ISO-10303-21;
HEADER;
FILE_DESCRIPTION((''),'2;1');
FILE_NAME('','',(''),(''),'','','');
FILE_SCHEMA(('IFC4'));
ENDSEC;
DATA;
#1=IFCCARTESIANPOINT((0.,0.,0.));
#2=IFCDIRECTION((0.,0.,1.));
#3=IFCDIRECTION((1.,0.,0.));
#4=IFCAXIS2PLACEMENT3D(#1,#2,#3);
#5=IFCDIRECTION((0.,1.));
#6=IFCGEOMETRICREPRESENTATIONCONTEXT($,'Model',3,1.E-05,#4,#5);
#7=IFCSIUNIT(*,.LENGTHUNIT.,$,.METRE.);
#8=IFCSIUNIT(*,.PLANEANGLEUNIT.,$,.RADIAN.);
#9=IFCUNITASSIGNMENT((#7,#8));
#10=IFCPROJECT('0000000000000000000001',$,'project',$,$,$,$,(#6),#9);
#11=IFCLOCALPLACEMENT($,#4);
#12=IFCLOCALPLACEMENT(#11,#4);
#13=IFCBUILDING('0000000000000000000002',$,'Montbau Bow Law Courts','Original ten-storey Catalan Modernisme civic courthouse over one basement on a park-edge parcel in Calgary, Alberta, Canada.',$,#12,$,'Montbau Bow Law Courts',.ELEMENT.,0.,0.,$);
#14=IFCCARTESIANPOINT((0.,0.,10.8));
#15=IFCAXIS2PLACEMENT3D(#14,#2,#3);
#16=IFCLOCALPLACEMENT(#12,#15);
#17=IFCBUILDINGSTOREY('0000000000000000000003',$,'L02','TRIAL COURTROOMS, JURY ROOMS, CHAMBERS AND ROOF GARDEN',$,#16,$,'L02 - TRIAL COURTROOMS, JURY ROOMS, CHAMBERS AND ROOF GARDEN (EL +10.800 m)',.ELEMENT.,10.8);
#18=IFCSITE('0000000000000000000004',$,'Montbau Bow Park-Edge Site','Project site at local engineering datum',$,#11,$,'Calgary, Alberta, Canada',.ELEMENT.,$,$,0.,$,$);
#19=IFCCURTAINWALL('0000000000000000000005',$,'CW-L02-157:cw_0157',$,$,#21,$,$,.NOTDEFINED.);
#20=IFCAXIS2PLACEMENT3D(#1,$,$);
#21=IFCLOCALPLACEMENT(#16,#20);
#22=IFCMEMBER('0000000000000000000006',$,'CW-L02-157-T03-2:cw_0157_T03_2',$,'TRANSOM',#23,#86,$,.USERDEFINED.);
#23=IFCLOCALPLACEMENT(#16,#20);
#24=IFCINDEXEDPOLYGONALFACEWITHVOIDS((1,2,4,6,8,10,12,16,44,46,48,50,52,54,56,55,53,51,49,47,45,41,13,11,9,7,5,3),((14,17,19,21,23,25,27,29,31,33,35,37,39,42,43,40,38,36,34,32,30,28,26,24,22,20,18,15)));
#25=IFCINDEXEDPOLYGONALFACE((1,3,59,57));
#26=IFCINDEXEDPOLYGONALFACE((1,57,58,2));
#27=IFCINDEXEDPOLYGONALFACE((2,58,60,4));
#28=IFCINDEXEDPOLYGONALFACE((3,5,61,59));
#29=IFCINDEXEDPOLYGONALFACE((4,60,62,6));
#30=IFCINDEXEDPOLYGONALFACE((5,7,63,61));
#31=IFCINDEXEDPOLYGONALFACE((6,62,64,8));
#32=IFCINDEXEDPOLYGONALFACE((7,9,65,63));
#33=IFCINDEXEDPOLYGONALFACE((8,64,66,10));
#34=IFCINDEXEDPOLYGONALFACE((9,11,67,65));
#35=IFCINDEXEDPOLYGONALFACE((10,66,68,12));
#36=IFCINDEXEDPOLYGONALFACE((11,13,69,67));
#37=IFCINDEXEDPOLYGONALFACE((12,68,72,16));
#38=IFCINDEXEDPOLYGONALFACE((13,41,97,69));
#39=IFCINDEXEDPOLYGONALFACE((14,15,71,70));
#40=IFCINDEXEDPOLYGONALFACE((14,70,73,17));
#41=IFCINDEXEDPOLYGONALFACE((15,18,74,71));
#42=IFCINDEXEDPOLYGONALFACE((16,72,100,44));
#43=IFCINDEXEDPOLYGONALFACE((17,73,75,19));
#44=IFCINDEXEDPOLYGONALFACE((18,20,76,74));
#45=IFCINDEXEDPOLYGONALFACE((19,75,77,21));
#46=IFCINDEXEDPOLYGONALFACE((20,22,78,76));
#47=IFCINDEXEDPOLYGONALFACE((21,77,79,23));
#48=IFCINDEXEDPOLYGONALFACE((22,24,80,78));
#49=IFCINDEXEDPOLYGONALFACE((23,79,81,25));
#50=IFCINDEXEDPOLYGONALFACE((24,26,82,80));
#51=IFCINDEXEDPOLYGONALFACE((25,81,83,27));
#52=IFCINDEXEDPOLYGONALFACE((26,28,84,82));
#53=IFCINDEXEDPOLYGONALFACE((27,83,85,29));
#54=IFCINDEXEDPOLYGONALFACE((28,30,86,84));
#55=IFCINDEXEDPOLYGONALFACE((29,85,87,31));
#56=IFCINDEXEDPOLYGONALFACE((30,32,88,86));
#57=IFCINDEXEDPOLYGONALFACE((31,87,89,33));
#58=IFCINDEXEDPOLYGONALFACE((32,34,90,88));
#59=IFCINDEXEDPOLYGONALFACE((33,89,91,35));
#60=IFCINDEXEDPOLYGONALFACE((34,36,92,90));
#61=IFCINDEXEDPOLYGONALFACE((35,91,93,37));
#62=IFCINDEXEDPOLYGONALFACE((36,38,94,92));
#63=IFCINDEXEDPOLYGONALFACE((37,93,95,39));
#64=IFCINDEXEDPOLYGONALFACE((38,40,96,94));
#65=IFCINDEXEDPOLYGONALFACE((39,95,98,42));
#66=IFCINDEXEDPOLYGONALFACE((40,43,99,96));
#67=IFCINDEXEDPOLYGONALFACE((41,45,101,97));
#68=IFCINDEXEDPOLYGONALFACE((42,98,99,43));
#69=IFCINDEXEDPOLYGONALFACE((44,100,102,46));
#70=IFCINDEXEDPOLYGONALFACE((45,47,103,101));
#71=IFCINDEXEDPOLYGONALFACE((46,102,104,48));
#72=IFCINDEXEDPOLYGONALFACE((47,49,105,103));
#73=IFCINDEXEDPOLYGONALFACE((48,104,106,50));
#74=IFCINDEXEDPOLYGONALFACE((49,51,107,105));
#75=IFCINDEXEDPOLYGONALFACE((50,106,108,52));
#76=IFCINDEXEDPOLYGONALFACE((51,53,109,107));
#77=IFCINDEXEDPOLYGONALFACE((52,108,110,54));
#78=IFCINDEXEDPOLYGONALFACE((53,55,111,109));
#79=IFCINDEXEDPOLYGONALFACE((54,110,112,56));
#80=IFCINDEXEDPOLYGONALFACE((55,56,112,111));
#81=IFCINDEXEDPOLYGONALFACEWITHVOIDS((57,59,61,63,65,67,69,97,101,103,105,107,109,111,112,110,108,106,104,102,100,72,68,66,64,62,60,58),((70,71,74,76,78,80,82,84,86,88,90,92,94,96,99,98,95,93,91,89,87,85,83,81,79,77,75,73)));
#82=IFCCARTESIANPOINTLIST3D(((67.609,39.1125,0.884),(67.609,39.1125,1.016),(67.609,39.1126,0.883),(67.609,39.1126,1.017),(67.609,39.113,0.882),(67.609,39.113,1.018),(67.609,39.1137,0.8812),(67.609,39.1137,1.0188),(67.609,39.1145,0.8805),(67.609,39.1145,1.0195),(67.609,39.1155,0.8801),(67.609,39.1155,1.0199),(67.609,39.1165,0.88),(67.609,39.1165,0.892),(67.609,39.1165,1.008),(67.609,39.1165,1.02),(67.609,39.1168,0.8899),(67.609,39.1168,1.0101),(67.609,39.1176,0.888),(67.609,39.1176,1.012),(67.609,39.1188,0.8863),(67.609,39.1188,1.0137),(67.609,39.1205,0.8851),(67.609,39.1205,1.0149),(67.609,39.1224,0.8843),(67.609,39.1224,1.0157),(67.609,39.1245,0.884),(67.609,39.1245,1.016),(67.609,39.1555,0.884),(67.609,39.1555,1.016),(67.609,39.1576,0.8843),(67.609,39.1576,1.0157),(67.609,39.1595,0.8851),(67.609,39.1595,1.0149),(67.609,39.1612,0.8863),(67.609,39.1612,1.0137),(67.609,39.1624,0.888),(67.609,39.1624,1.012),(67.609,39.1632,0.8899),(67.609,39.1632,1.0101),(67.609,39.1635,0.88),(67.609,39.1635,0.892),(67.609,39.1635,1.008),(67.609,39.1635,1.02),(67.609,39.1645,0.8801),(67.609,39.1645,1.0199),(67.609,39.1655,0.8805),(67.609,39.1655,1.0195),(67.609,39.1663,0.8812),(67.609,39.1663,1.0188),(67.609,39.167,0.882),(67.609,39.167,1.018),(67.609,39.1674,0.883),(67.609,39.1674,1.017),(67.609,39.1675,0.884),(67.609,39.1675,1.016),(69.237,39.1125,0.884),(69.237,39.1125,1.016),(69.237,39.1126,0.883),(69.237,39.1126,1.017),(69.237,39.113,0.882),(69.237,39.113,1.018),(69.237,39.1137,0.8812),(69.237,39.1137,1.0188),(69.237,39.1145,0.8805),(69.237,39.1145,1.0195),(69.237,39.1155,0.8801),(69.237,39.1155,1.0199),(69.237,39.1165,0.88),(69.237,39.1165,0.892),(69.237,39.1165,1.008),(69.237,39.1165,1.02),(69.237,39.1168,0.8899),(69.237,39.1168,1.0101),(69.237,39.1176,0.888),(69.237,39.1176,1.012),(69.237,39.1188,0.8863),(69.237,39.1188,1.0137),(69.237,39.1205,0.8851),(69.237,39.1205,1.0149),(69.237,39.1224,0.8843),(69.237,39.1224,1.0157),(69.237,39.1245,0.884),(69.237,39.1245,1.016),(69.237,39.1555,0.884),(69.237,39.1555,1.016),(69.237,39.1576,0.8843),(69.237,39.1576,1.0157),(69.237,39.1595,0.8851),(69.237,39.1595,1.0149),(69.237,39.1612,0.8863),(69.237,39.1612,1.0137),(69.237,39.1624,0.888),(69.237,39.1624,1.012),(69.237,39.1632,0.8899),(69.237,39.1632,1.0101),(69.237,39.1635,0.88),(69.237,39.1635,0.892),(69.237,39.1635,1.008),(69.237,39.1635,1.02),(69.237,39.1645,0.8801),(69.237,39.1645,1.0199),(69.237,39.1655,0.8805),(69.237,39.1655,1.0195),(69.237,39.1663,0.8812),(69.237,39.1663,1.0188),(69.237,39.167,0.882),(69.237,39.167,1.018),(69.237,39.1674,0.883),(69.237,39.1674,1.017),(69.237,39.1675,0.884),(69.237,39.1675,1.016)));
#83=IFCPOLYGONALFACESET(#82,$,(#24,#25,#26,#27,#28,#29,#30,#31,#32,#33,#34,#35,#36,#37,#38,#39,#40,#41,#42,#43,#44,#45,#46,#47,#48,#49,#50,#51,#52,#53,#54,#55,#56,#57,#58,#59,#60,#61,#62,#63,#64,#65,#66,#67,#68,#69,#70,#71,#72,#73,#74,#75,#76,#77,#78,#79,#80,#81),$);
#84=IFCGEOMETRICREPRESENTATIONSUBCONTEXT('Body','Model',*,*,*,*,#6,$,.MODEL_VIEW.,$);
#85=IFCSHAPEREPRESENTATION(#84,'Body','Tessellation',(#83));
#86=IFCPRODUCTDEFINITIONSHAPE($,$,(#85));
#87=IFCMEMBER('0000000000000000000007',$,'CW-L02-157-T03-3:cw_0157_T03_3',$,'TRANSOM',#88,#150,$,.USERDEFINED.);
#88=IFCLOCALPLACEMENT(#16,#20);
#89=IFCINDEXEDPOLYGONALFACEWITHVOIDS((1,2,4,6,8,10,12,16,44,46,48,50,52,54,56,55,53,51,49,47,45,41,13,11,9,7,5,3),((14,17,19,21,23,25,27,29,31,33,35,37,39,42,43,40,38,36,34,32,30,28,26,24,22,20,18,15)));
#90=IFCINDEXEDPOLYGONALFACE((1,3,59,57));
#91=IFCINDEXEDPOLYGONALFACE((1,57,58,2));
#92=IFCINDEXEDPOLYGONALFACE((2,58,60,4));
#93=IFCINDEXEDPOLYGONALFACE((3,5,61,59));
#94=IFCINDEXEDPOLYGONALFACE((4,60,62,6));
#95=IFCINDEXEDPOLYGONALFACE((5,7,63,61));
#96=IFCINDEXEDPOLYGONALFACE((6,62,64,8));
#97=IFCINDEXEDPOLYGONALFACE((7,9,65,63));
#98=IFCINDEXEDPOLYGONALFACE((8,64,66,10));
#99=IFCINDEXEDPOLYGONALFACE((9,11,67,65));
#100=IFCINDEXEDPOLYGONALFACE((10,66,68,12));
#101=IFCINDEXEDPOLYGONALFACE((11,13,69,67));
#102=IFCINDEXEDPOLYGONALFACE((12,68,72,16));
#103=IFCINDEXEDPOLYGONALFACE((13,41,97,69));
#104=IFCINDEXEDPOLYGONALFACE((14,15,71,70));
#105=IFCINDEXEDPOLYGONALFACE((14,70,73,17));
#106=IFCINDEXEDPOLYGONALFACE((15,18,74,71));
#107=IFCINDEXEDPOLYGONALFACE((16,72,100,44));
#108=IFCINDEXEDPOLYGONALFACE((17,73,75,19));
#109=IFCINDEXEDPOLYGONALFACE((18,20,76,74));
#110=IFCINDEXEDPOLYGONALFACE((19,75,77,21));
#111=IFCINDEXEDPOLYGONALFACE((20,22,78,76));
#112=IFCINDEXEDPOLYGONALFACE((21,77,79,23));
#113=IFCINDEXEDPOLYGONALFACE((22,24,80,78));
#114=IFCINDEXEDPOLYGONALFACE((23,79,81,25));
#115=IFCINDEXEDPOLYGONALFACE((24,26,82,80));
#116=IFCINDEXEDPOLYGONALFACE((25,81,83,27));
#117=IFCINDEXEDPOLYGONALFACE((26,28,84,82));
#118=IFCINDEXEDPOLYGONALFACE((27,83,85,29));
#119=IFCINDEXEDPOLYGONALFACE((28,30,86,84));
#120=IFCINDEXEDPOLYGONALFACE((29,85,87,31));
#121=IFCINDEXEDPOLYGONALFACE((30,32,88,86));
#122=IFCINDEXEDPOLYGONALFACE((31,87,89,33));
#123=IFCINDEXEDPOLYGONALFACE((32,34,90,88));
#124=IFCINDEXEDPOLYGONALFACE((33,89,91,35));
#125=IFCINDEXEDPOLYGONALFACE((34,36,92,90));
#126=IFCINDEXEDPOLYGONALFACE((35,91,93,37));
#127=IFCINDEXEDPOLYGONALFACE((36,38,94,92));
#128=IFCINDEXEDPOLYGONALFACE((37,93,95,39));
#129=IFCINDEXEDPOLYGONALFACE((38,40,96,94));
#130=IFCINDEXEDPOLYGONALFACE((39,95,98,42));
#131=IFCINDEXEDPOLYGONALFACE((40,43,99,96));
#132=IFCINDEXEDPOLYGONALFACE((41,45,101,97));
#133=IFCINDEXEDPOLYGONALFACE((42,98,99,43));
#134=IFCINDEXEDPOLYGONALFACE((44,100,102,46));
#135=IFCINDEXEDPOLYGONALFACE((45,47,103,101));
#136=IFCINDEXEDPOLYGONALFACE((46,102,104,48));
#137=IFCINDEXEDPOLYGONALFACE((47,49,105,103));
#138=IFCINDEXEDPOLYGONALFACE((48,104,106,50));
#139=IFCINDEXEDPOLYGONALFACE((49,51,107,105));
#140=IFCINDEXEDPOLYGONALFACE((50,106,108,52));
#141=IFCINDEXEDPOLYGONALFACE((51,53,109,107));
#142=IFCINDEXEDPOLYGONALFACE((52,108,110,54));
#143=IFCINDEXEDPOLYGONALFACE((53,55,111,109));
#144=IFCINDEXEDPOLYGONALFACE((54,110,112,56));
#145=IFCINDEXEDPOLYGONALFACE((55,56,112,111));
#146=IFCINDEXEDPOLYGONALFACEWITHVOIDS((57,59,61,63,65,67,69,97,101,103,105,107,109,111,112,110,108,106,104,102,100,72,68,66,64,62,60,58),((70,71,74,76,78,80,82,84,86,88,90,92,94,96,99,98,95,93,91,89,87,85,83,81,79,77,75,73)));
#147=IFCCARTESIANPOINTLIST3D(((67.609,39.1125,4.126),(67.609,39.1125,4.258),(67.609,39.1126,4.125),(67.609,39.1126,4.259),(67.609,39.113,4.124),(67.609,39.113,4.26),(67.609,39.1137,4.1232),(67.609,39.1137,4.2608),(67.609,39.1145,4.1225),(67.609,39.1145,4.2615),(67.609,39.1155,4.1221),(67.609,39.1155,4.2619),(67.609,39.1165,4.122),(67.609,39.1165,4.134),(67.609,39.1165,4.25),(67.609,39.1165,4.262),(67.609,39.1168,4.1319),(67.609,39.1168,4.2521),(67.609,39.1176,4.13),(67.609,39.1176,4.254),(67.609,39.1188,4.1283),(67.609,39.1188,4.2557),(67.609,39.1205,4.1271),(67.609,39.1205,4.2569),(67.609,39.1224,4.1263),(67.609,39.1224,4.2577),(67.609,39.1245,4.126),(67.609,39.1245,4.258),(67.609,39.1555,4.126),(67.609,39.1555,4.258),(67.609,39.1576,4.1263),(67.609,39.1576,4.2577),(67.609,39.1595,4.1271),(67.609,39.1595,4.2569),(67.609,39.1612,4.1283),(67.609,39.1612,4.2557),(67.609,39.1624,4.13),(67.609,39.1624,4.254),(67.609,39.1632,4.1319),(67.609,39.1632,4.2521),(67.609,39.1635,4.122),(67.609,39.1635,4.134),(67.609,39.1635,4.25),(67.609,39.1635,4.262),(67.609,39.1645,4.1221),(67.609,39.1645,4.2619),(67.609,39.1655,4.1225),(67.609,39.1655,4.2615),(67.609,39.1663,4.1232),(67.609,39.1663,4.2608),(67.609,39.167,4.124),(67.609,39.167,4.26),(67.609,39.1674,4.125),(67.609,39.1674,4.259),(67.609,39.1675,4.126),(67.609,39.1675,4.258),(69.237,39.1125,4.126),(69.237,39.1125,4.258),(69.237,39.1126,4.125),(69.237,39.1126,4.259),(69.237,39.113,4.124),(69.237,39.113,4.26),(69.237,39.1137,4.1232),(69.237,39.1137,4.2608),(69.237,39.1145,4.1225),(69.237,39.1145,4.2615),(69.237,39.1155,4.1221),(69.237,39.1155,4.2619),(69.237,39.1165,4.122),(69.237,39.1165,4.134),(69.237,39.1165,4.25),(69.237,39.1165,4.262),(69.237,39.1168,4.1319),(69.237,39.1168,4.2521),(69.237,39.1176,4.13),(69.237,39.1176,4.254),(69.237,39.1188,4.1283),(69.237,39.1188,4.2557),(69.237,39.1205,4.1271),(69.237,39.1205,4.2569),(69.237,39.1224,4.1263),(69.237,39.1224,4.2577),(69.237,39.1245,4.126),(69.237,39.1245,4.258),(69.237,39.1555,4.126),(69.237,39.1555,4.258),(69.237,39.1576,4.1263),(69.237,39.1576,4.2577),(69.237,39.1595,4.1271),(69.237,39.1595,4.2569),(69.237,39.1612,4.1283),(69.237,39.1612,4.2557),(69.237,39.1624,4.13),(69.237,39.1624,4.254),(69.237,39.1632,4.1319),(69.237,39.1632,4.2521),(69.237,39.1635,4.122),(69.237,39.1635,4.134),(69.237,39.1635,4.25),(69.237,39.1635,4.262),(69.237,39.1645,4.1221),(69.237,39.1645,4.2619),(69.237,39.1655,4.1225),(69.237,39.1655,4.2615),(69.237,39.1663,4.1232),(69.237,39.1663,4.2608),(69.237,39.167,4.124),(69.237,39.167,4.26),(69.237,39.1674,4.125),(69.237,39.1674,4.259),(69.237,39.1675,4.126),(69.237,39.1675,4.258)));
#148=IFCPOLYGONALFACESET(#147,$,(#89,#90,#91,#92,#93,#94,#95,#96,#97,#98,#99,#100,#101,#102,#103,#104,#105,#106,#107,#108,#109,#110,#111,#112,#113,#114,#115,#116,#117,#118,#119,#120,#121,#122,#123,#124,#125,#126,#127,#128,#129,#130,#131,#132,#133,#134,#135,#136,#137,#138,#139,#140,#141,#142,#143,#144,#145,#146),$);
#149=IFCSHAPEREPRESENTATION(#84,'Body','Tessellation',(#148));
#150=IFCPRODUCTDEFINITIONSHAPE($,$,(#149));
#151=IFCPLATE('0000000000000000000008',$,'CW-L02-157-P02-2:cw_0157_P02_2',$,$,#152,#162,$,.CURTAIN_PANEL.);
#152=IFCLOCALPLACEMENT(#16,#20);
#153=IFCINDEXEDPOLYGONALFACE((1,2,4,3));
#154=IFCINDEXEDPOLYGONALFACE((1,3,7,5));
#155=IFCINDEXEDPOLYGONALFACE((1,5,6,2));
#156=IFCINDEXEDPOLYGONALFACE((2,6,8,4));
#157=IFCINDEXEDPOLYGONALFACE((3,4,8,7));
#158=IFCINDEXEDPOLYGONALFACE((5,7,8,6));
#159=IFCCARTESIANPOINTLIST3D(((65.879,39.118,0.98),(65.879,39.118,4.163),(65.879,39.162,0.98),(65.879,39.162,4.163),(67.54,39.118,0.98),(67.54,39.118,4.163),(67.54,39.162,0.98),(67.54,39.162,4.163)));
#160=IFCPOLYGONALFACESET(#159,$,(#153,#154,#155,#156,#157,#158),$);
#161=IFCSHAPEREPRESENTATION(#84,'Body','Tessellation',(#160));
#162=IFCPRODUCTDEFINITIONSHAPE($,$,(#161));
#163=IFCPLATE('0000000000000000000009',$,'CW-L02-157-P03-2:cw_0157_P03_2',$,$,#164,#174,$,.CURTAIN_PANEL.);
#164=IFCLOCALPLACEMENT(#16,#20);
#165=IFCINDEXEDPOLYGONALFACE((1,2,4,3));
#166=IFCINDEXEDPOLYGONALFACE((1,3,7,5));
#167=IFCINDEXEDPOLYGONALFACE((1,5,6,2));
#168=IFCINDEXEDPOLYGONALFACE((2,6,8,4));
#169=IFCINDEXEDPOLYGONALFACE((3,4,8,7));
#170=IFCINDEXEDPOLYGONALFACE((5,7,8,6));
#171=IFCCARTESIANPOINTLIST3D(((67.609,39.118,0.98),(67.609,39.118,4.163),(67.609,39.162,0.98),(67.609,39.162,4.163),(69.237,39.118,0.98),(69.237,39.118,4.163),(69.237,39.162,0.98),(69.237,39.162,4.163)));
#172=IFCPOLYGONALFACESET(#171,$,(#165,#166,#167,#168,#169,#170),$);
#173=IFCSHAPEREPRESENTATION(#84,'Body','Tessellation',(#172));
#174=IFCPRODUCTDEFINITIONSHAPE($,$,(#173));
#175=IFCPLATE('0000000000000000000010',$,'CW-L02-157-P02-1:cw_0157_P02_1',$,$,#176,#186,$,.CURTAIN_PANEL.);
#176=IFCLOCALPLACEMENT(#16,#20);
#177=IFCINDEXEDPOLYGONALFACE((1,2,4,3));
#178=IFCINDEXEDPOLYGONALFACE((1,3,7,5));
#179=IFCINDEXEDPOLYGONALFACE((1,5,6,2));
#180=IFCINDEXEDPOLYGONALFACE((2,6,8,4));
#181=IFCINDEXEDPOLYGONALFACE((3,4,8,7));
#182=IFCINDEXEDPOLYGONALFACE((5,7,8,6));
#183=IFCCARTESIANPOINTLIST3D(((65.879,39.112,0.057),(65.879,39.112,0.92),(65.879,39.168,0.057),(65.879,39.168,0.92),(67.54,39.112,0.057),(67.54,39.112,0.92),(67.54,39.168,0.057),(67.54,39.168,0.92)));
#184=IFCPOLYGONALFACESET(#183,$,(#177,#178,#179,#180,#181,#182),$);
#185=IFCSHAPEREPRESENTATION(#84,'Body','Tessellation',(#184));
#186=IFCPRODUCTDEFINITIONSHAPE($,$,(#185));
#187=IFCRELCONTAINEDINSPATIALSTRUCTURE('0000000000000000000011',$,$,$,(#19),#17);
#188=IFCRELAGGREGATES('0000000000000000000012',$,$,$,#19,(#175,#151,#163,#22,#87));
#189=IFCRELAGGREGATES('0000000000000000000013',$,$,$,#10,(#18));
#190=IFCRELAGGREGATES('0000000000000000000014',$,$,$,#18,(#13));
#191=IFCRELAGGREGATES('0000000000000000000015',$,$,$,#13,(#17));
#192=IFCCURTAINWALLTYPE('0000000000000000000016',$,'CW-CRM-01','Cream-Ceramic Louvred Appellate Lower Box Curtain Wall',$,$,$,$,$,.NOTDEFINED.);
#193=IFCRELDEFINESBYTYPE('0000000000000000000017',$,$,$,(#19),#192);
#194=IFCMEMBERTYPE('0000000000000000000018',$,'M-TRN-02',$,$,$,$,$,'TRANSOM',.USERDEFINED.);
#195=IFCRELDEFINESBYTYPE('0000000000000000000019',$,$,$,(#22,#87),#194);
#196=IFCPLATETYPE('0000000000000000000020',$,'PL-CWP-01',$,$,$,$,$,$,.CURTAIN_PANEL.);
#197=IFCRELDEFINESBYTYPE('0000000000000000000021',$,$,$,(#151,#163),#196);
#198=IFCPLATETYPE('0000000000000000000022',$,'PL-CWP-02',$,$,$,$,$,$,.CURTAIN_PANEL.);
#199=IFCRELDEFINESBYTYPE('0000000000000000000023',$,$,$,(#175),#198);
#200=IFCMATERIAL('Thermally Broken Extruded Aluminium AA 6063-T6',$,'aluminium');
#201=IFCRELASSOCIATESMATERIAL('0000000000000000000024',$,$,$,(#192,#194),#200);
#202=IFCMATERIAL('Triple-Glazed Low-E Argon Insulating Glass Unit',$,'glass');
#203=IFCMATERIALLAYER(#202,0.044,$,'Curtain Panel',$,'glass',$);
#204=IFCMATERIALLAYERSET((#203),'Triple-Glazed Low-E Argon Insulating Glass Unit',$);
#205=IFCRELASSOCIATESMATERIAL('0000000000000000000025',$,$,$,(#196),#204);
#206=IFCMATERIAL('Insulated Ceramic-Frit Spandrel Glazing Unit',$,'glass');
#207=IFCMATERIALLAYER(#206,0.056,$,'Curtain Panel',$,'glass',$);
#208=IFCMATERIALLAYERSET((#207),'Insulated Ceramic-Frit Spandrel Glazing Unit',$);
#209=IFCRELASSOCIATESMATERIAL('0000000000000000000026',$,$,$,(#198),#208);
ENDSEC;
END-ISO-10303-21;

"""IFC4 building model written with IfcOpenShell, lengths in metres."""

from ifc_helpers import new_model, si_unit, direction, frame, frame_2d, origin_with_axes, origin_2d_with_axis, place, context, subcontext, project, spatial, rectangle, hollow_rectangle, extrude, material, layer, layer_set, material_profile, profile_set, type_object, element, aggregate, save


model = new_model("IFC4")

# Units and contexts
model_context = context("Model", 3, precision=1e-05, world=origin_with_axes(), true_north=direction((0.0, 1.0)))
body_context = subcontext(model_context, "Body", "Model", "MODEL_VIEW")
ifc_project = project(units=[si_unit("LENGTHUNIT", "METRE"), si_unit("PLANEANGLEUNIT", "RADIAN")], contexts=[model_context])

# Site, building, storey
site_placement = place(None, origin_with_axes())
site = spatial("IfcSite", under=ifc_project, at=site_placement, Name="Montbau Bow Park-Edge Site", Description="Project site at local engineering datum", LongName="Calgary, Alberta, Canada", CompositionType="ELEMENT", RefElevation=0.0)
building_placement = place(site_placement, origin_with_axes())
building = spatial("IfcBuilding", under=site, at=building_placement, Name="Montbau Bow Law Courts", Description="Original ten-storey Catalan Modernisme civic courthouse over one basement on a park-edge parcel in Calgary, Alberta, Canada.", LongName="Montbau Bow Law Courts", CompositionType="ELEMENT", ElevationOfRefHeight=0.0, ElevationOfTerrain=0.0)
storey_placement = place(building_placement, frame((0.0, 0.0, 10.8), z_axis=(0.0, 0.0, 1.0), x_axis=(1.0, 0.0, 0.0)))
storey = spatial("IfcBuildingStorey", under=building, at=storey_placement, Name="L02", Description="TRIAL COURTROOMS, JURY ROOMS, CHAMBERS AND ROOF GARDEN", LongName="L02 - TRIAL COURTROOMS, JURY ROOMS, CHAMBERS AND ROOF GARDEN (EL +10.800 m)", CompositionType="ELEMENT", Elevation=10.8)

# Curtain wall, members, plates
ifc_material_1 = material(Name="Thermally Broken Extruded Aluminium AA 6063-T6", Category="aluminium")
curtain_wall_type = type_object("IfcCurtainWallType", Name="CW-CRM-01", Description="Cream-Ceramic Louvred Appellate Lower Box Curtain Wall", PredefinedType="NOTDEFINED", material=ifc_material_1)
curtain_wall_placement = place(None, frame((64.115, 39.14, 10.8), z_axis=(0.0, 0.0, 1.0), x_axis=(1.0, 0.0, 0.0)))
curtain_wall = element("IfcCurtainWall", 1, at=curtain_wall_placement, inside=storey, type_object=curtain_wall_type, Name="CW-L02-157:cw_0157", PredefinedType="NOTDEFINED")
ifc_material_profile_1 = material_profile(ifc_material_1, hollow_rectangle(XDim=0.055, YDim=0.14, WallThickness=0.004, InnerFilletRadius=0.008, OuterFilletRadius=0.004, at=origin_2d_with_axis()), Name="CWT-140X55", Category="Main", Priority=0)
ifc_profile_set_1 = profile_set([ifc_material_profile_1], Name="Thermally Broken Extruded Aluminium AA 6063-T6")
member_type_1 = type_object("IfcMemberType", Name="M-TRN-02", ElementType="TRANSOM", PredefinedType="USERDEFINED", material=ifc_profile_set_1)
member_1_placement = place(None, frame((67.609, 39.14, 11.75), z_axis=(1.0, 0.0, 0.0), x_axis=(0.0, 1.0, 0.0)))
member_1 = element("IfcMember", 2, at=member_1_placement, type_object=member_type_1, Name="CW-L02-157-T03-2:cw_0157_T03_2", ObjectType="TRANSOM", PredefinedType="USERDEFINED", context=body_context, shape_type="SweptSolid", body=[
    extrude(hollow_rectangle(XDim=0.055, YDim=0.14, WallThickness=0.004, InnerFilletRadius=0.008, OuterFilletRadius=0.004, at=origin_2d_with_axis()), origin_with_axes(), (0.0, 0.0, 1.0), 1.628),
])
member_2_placement = place(None, frame((67.609, 39.14, 14.992), z_axis=(1.0, 0.0, 0.0), x_axis=(0.0, 1.0, 0.0)))
member_2 = element("IfcMember", 3, at=member_2_placement, type_object=member_type_1, Name="CW-L02-157-T03-3:cw_0157_T03_3", ObjectType="TRANSOM", PredefinedType="USERDEFINED", context=body_context, shape_type="SweptSolid", body=[
    extrude(hollow_rectangle(XDim=0.055, YDim=0.14, WallThickness=0.004, InnerFilletRadius=0.008, OuterFilletRadius=0.004, at=origin_2d_with_axis()), origin_with_axes(), (0.0, 0.0, 1.0), 1.628),
])
ifc_material_2 = material(Name="Triple-Glazed Low-E Argon Insulating Glass Unit", Category="glass")
ifc_layer_1 = layer(ifc_material_2, 0.044, Name="Curtain Panel", Category="glass")
ifc_layer_set_1 = layer_set([ifc_layer_1], Name="Triple-Glazed Low-E Argon Insulating Glass Unit")
plate_type_1 = type_object("IfcPlateType", Name="PL-CWP-01", PredefinedType="CURTAIN_PANEL", material=ifc_layer_set_1)
plate_1_placement = place(None, frame((65.879, 39.14, 11.78), z_axis=(0.0, -1.0, 0.0), x_axis=(1.0, 0.0, 0.0)))
plate_1 = element("IfcPlate", 4, at=plate_1_placement, type_object=plate_type_1, Name="CW-L02-157-P02-2:cw_0157_P02_2", PredefinedType="CURTAIN_PANEL", context=body_context, shape_type="SweptSolid", body=[
    extrude(rectangle(XDim=1.661, YDim=3.183, at=frame_2d((0.8305, 1.5915), x_axis=(1.0, 0.0))), frame((0.0, 0.0, -0.022), z_axis=(0.0, 0.0, 1.0), x_axis=(1.0, 0.0, 0.0)), (0.0, 0.0, 1.0), 0.044),
])
plate_2_placement = place(None, frame((67.609, 39.14, 11.78), z_axis=(0.0, -1.0, 0.0), x_axis=(1.0, 0.0, 0.0)))
plate_2 = element("IfcPlate", 5, at=plate_2_placement, type_object=plate_type_1, Name="CW-L02-157-P03-2:cw_0157_P03_2", PredefinedType="CURTAIN_PANEL", context=body_context, shape_type="SweptSolid", body=[
    extrude(rectangle(XDim=1.628, YDim=3.183, at=frame_2d((0.814, 1.5915), x_axis=(1.0, 0.0))), frame((0.0, 0.0, -0.022), z_axis=(0.0, 0.0, 1.0), x_axis=(1.0, 0.0, 0.0)), (0.0, 0.0, 1.0), 0.044),
])
ifc_material_3 = material(Name="Insulated Ceramic-Frit Spandrel Glazing Unit", Category="glass")
ifc_layer_2 = layer(ifc_material_3, 0.056, Name="Curtain Panel", Category="glass")
ifc_layer_set_2 = layer_set([ifc_layer_2], Name="Insulated Ceramic-Frit Spandrel Glazing Unit")
plate_type_2 = type_object("IfcPlateType", Name="PL-CWP-02", PredefinedType="CURTAIN_PANEL", material=ifc_layer_set_2)
plate_3_placement = place(None, frame((65.879, 39.14, 10.857), z_axis=(0.0, -1.0, 0.0), x_axis=(1.0, 0.0, 0.0)))
plate_3 = element("IfcPlate", 6, at=plate_3_placement, type_object=plate_type_2, Name="CW-L02-157-P02-1:cw_0157_P02_1", PredefinedType="CURTAIN_PANEL", context=body_context, shape_type="SweptSolid", body=[
    extrude(rectangle(XDim=1.661, YDim=0.863, at=frame_2d((0.8305, 0.4315), x_axis=(1.0, 0.0))), frame((0.0, 0.0, -0.028), z_axis=(0.0, 0.0, 1.0), x_axis=(1.0, 0.0, 0.0)), (0.0, 0.0, 1.0), 0.056),
])
aggregate(curtain_wall, [plate_3, plate_1, plate_2, member_1, member_2])

save(model, "model.ifc")
